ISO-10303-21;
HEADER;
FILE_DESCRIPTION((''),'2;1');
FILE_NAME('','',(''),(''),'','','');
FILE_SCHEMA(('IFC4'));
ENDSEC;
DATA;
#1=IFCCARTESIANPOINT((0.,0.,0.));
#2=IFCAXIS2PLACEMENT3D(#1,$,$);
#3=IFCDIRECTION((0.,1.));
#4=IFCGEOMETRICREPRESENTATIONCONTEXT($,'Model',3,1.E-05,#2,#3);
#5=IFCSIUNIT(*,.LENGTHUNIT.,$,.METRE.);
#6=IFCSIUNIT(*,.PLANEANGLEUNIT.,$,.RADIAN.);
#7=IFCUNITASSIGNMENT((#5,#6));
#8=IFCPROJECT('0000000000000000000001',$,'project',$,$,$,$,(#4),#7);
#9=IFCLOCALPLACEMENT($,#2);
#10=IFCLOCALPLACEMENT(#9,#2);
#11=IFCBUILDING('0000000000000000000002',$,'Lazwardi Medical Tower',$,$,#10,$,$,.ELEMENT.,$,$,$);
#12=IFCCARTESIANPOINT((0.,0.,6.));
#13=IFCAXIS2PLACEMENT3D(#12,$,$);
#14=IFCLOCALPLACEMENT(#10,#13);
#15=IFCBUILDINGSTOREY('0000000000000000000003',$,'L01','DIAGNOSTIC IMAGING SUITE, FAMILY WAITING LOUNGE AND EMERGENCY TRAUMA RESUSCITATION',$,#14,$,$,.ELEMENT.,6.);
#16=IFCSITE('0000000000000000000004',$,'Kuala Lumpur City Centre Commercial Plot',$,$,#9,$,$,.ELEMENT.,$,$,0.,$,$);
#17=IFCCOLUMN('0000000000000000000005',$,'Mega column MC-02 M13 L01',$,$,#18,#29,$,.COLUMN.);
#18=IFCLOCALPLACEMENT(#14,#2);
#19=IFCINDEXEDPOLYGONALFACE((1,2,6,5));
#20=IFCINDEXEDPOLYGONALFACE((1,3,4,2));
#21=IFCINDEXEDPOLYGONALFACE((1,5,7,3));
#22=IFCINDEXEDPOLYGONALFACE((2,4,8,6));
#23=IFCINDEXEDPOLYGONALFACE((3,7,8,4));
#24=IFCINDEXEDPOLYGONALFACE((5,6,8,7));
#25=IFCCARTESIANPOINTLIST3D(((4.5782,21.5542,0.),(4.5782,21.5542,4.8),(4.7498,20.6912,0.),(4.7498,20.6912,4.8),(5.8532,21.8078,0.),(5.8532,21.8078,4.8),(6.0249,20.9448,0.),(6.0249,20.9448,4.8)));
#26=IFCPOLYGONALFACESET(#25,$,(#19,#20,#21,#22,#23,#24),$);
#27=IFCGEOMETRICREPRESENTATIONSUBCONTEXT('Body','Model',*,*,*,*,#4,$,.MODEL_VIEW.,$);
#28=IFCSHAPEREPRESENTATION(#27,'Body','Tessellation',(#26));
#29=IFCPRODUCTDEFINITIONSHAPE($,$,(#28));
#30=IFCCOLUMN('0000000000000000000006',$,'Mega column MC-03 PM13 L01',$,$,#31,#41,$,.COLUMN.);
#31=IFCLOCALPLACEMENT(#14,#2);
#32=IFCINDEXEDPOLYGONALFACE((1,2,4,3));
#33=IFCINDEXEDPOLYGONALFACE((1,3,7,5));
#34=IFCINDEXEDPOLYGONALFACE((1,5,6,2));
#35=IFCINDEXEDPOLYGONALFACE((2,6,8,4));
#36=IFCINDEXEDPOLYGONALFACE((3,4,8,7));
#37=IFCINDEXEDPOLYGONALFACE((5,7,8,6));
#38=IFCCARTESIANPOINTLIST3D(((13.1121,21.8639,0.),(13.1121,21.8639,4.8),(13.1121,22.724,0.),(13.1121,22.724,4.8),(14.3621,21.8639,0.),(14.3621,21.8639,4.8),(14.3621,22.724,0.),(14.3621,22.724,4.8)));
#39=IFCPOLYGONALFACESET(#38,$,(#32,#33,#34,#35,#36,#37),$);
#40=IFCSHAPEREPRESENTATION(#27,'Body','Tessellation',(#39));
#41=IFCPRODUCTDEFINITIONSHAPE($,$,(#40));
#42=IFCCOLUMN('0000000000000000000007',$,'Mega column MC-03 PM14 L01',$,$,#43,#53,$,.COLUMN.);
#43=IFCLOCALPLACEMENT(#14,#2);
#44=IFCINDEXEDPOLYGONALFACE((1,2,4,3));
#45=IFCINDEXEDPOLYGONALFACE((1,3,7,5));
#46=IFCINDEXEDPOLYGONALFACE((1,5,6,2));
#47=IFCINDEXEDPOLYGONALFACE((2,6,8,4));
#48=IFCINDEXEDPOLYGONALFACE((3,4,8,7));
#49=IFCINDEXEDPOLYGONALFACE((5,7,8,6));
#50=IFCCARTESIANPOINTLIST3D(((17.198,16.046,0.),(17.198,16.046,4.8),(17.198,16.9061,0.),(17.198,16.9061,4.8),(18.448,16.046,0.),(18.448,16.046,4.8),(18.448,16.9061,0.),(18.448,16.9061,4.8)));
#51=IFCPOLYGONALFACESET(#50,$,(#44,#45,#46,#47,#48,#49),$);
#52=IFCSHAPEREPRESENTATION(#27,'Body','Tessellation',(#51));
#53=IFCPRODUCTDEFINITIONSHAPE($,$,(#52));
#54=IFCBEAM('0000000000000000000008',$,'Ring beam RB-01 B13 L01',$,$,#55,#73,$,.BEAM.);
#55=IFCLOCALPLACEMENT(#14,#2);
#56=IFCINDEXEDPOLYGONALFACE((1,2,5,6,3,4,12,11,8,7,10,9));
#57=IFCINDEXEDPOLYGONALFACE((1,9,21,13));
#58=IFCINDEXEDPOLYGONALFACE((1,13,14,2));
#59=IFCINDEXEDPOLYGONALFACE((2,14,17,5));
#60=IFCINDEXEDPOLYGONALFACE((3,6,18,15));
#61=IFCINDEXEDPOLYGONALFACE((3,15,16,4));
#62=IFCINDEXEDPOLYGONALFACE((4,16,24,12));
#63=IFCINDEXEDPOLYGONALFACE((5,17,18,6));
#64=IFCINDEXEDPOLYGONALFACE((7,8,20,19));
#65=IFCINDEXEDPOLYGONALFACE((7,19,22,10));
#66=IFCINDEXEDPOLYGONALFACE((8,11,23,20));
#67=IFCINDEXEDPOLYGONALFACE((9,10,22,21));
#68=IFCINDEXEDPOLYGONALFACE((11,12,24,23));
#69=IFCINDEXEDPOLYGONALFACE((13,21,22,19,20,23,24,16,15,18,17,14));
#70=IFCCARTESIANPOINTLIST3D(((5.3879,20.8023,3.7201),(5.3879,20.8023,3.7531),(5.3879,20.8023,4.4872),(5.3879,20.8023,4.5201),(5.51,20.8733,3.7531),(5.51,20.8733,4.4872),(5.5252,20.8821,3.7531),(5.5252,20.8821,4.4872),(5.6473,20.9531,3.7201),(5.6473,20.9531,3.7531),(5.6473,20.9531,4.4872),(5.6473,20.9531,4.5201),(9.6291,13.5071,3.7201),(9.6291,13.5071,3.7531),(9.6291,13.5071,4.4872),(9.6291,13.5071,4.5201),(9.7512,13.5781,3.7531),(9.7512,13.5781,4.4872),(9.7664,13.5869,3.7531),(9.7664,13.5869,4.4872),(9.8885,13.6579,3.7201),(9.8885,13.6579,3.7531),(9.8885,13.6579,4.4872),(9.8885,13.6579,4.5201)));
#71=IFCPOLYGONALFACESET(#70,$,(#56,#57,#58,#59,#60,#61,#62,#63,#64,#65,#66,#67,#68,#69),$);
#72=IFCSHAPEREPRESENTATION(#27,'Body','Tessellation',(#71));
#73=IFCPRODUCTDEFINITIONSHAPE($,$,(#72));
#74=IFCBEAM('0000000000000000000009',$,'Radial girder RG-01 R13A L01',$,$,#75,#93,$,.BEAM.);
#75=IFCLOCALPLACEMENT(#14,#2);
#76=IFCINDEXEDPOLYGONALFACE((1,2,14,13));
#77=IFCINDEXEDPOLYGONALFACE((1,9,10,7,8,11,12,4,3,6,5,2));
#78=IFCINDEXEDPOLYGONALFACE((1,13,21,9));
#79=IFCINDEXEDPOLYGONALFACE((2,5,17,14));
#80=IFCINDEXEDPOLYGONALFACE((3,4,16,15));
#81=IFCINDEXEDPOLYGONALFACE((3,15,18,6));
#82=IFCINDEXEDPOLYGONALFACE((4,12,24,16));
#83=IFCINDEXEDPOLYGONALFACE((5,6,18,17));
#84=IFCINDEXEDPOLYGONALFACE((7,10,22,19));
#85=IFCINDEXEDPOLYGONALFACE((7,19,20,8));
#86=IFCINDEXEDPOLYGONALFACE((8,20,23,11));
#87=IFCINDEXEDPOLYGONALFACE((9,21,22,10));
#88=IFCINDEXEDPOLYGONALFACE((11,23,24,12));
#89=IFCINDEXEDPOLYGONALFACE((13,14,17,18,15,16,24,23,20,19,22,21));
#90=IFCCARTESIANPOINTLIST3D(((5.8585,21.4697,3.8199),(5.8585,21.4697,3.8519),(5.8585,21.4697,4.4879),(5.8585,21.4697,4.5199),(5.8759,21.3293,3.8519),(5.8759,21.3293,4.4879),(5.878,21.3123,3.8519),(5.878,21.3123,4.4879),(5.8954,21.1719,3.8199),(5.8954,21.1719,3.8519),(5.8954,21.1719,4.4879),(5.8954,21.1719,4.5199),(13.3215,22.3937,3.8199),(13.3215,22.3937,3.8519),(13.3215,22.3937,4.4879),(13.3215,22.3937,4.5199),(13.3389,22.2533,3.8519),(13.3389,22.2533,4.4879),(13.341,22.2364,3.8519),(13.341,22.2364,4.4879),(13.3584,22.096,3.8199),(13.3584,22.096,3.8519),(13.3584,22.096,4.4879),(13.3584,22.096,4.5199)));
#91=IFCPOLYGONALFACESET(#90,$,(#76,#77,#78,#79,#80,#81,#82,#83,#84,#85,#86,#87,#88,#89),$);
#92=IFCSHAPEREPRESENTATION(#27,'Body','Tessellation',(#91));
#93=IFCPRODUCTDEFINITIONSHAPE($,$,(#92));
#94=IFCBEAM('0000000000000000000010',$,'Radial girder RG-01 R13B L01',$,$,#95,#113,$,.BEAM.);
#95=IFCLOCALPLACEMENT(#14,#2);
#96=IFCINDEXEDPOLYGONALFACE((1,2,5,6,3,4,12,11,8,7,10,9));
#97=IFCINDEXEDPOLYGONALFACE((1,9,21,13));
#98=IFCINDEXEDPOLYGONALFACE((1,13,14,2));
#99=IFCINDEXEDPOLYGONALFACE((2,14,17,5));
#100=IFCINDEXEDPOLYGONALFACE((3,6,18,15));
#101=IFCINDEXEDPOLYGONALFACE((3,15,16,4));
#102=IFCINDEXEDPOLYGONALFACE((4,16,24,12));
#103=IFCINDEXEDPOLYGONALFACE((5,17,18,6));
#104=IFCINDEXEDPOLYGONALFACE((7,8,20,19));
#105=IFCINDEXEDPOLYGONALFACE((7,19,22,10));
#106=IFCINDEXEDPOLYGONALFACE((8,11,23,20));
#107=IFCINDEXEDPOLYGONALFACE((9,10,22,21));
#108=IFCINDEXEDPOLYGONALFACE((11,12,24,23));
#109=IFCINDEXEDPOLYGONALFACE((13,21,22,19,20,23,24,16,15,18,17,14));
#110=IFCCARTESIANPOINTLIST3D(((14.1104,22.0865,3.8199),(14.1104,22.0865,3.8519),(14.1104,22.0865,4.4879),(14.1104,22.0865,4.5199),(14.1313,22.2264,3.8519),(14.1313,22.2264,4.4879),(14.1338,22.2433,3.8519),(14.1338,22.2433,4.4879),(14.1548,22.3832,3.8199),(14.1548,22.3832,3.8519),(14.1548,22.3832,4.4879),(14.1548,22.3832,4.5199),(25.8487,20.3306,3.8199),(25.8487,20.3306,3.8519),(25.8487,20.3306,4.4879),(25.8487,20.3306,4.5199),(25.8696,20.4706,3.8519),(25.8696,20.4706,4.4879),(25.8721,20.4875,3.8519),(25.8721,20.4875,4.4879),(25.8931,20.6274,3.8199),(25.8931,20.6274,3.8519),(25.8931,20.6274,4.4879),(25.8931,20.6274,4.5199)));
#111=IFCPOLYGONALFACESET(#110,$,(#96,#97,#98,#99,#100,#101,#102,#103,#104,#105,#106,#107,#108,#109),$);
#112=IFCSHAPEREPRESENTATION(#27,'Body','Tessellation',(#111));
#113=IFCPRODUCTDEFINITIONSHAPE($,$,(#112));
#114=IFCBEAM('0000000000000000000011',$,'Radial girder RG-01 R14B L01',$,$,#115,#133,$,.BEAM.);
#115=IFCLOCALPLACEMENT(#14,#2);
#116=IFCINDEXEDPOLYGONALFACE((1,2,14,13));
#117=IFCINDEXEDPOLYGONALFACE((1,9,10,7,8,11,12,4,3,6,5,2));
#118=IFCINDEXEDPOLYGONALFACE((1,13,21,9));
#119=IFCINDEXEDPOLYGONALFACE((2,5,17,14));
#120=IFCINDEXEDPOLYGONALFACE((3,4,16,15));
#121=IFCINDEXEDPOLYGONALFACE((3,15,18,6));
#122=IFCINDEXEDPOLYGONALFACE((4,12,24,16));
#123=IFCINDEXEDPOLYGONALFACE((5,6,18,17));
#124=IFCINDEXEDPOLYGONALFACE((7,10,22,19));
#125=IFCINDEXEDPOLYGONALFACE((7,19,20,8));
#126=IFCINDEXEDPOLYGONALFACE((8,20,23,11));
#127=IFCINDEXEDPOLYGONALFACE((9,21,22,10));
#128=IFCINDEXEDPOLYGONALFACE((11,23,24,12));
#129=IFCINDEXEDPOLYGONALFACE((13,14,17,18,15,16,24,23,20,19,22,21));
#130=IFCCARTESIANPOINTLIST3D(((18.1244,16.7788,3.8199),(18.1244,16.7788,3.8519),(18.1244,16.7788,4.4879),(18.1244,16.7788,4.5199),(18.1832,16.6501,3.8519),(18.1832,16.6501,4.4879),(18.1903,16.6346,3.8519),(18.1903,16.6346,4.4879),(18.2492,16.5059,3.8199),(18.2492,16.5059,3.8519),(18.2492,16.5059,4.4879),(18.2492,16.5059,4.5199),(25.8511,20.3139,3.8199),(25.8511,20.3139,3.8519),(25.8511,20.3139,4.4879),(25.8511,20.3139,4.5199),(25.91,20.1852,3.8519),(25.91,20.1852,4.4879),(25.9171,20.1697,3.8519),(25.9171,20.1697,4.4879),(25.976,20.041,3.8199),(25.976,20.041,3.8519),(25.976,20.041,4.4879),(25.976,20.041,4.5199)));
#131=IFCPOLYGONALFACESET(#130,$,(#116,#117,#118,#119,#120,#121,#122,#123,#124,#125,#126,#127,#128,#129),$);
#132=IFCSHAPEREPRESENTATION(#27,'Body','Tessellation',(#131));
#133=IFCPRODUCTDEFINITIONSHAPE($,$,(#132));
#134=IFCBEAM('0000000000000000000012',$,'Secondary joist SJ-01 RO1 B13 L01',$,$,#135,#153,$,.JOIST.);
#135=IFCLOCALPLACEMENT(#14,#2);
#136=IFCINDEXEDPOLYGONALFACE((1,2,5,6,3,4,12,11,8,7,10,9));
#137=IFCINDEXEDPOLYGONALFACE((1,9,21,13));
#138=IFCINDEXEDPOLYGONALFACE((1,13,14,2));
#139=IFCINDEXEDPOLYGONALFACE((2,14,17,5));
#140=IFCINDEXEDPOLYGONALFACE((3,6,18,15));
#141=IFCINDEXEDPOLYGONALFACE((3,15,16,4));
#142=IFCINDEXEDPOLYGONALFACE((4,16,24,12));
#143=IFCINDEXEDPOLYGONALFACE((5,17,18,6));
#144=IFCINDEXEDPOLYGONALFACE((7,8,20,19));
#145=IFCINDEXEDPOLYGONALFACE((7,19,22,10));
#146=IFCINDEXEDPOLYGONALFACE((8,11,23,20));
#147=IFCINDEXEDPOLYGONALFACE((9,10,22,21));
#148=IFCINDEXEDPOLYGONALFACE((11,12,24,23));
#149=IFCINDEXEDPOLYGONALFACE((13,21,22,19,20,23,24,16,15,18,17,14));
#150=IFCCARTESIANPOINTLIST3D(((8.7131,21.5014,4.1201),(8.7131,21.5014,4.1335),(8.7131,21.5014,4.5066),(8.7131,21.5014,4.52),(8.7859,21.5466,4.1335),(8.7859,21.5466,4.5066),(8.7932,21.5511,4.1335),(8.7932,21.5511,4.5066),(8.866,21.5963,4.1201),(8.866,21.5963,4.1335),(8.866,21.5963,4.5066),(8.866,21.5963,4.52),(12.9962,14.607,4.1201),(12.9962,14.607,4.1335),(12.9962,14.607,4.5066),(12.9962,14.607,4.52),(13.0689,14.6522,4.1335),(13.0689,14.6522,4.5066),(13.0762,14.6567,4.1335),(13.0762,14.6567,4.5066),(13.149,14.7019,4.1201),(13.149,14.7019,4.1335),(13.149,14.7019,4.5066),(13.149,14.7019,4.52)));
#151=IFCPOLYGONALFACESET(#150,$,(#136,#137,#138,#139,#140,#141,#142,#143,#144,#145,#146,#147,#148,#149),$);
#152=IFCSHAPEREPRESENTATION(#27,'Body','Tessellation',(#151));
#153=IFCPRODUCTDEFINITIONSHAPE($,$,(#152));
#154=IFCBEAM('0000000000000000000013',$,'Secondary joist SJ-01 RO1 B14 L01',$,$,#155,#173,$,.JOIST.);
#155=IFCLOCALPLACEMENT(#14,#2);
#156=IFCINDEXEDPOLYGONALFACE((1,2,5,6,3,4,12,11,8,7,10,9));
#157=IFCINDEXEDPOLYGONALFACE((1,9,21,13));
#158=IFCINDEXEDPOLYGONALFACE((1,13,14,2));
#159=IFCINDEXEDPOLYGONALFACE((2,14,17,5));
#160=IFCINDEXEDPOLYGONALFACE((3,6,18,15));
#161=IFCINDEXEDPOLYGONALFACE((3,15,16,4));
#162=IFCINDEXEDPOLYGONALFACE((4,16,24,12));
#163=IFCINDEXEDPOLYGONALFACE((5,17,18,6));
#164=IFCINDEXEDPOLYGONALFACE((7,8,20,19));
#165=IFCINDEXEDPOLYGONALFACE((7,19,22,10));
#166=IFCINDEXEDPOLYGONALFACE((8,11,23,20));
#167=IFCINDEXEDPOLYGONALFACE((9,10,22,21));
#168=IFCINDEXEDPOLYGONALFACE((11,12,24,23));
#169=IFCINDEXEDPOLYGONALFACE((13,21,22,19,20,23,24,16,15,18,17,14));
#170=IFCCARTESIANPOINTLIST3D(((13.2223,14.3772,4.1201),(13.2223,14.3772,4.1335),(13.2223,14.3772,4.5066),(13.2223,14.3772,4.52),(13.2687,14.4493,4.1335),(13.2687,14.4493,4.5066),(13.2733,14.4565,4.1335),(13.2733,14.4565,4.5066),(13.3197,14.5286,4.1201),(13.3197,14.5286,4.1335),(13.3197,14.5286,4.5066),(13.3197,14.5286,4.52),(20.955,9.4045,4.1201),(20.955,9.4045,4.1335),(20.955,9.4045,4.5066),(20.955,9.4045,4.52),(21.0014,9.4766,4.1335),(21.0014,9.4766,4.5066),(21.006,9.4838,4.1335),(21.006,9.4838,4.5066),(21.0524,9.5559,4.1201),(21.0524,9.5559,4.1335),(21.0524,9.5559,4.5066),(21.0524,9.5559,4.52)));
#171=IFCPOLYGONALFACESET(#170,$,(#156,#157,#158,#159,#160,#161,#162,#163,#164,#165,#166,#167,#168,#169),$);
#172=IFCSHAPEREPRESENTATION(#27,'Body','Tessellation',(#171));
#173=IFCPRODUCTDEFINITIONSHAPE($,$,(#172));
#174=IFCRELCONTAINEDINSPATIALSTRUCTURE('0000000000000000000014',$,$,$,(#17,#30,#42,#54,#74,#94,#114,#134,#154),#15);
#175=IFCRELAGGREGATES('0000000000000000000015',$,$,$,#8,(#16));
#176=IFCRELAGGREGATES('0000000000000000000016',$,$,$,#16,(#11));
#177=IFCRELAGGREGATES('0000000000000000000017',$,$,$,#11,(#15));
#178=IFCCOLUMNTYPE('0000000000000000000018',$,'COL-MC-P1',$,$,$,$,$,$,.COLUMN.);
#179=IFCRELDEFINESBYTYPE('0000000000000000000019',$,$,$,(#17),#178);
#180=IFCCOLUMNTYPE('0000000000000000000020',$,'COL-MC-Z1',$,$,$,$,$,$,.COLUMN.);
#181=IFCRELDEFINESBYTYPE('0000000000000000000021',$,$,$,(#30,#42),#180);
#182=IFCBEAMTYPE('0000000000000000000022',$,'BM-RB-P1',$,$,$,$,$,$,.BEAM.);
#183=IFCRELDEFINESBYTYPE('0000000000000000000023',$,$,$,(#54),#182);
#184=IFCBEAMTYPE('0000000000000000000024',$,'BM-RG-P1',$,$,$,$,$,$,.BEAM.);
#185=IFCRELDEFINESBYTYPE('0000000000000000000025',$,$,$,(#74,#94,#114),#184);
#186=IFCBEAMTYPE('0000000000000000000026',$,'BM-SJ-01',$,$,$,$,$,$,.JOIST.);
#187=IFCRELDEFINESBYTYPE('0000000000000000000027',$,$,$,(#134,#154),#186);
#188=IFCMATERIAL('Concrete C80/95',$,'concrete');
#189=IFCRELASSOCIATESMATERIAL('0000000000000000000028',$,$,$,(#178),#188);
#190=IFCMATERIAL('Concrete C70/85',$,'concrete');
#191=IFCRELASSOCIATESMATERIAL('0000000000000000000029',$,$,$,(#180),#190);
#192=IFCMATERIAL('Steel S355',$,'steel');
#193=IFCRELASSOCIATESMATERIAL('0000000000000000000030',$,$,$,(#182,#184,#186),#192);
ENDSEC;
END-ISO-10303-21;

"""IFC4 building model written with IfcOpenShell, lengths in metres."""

from ifc_helpers import new_model, si_unit, direction, frame, origin, origin_2d, place, context, subcontext, project, spatial, rectangle, i_section, extrude, material, material_profile, profile_set, type_object, element, save


model = new_model("IFC4")

# Units and contexts
model_context = context("Model", 3, precision=1e-05, world=origin(), true_north=direction((0.0, 1.0)))
body_context = subcontext(model_context, "Body", "Model", "MODEL_VIEW")
ifc_project = project(units=[si_unit("LENGTHUNIT", "METRE"), si_unit("PLANEANGLEUNIT", "RADIAN")], contexts=[model_context])

# Site, building, storey
site_placement = place(None, origin())
site = spatial("IfcSite", under=ifc_project, at=site_placement, Name="Kuala Lumpur City Centre Commercial Plot", CompositionType="ELEMENT", RefElevation=0.0)
building_placement = place(site_placement, origin())
building = spatial("IfcBuilding", under=site, at=building_placement, Name="Lazwardi Medical Tower", CompositionType="ELEMENT")
storey_placement = place(building_placement, frame((0.0, 0.0, 6.0)))
storey = spatial("IfcBuildingStorey", under=building, at=storey_placement, Name="L01", Description="DIAGNOSTIC IMAGING SUITE, FAMILY WAITING LOUNGE AND EMERGENCY TRAUMA RESUSCITATION", CompositionType="ELEMENT", Elevation=6.0)

# Columns
ifc_material_1 = material(Name="Concrete C80/95", Category="concrete")
ifc_material_profile_1 = material_profile(ifc_material_1, rectangle(XDim=1.3, YDim=0.8799, at=origin_2d()), Name="CFT-RECT 1300x880")
ifc_profile_set_1 = profile_set([ifc_material_profile_1], Name="Concrete C80/95")
column_type_1 = type_object("IfcColumnType", Name="COL-MC-P1", PredefinedType="COLUMN", material=ifc_profile_set_1)
column_placement = place(storey_placement, frame((5.3015, 21.2495, 0.0), z_axis=(0.0, 0.0, 1.0), x_axis=(-0.980785, -0.19509, 0.0)))
element("IfcColumn", 1, at=column_placement, inside=storey, type_object=column_type_1, Name="Mega column MC-02 M13 L01", PredefinedType="COLUMN", context=body_context, shape_type="SweptSolid", body=[
    extrude(rectangle(XDim=1.3, YDim=0.8799, at=origin_2d()), origin(), (0.0, 0.0, 1.0), 4.8),
])
ifc_material_2 = material(Name="Concrete C70/85", Category="concrete")
ifc_material_profile_2 = material_profile(ifc_material_2, rectangle(XDim=1.25, YDim=0.8601, at=origin_2d()), Name="CFT-RECT 1250x860")
ifc_profile_set_2 = profile_set([ifc_material_profile_2], Name="Concrete C70/85")
column_type_2 = type_object("IfcColumnType", Name="COL-MC-Z1", PredefinedType="COLUMN", material=ifc_profile_set_2)
for number, where, z_axis, x_axis, name in (
    (2, (13.7371, 22.2939, 0.0), (0.0, 0.0, 1.0), (1.0, 0.0, 0.0), "Mega column MC-03 PM13 L01"),
    (3, (17.823, 16.4761, 0.0), (0.0, 0.0, 1.0), (1.0, 0.0, 0.0), "Mega column MC-03 PM14 L01"),
):
    element("IfcColumn", number, at=place(storey_placement, frame(where, z_axis=z_axis, x_axis=x_axis)), inside=storey, type_object=column_type_2, Name=name, PredefinedType="COLUMN", context=body_context, shape_type="SweptSolid", body=[
        extrude(rectangle(XDim=1.25, YDim=0.8601, at=origin_2d()), origin(), (0.0, 0.0, 1.0), 4.8),
    ])

# Beams
ifc_material_3 = material(Name="Steel S355", Category="steel")
ifc_material_profile_3 = material_profile(ifc_material_3, i_section(OverallWidth=0.3, OverallDepth=0.8, WebThickness=0.0176, FlangeThickness=0.033, at=origin_2d()), Name="HEB 800")
ifc_profile_set_3 = profile_set([ifc_material_profile_3], Name="Steel S355")
beam_type_1 = type_object("IfcBeamType", Name="BM-RB-P1", PredefinedType="BEAM", material=ifc_profile_set_3)
beam_1_placement = place(storey_placement, frame((5.5176, 20.8777, 4.1201), z_axis=(0.502606, -0.864516, 0.0), x_axis=(0.864516, 0.502606, 0.0)))
element("IfcBeam", 4, at=beam_1_placement, inside=storey, type_object=beam_type_1, Name="Ring beam RB-01 B13 L01", PredefinedType="BEAM", context=body_context, shape_type="SweptSolid", body=[
    extrude(i_section(OverallWidth=0.3, OverallDepth=0.8, WebThickness=0.0176, FlangeThickness=0.033, at=origin_2d()), origin(), (0.0, 0.0, 1.0), 8.4385),
])
ifc_material_profile_4 = material_profile(ifc_material_3, i_section(OverallWidth=0.3, OverallDepth=0.7, WebThickness=0.0171, FlangeThickness=0.032, at=origin_2d()), Name="HEB 700")
ifc_profile_set_4 = profile_set([ifc_material_profile_4], Name="Steel S355")
beam_type_2 = type_object("IfcBeamType", Name="BM-RG-P1", PredefinedType="BEAM", material=ifc_profile_set_4)
beam_2_placement = place(storey_placement, frame((5.877, 21.3208, 4.1699), z_axis=(0.992422, 0.12288, 0.0), x_axis=(-0.12288, 0.992422, 0.0)))
element("IfcBeam", 5, at=beam_2_placement, inside=storey, type_object=beam_type_2, Name="Radial girder RG-01 R13A L01", PredefinedType="BEAM", context=body_context, shape_type="SweptSolid", body=[
    extrude(i_section(OverallWidth=0.3, OverallDepth=0.7, WebThickness=0.0171, FlangeThickness=0.032, at=origin_2d()), origin(), (0.0, 0.0, 1.0), 7.52),
])
beam_3_placement = place(storey_placement, frame((14.1326, 22.2349, 4.1699), z_axis=(0.988997, -0.147938, 0.0), x_axis=(0.147938, 0.988997, 0.0)))
element("IfcBeam", 6, at=beam_3_placement, inside=storey, type_object=beam_type_2, Name="Radial girder RG-01 R13B L01", PredefinedType="BEAM", context=body_context, shape_type="SweptSolid", body=[
    extrude(i_section(OverallWidth=0.3, OverallDepth=0.7, WebThickness=0.0171, FlangeThickness=0.032, at=origin_2d()), origin(), (0.0, 0.0, 1.0), 11.8689),
])
beam_4_placement = place(storey_placement, frame((18.1868, 16.6423, 4.1699), z_axis=(0.909345, 0.416042, 0.0), x_axis=(-0.416042, 0.909345, 0.0)))
element("IfcBeam", 7, at=beam_4_placement, inside=storey, type_object=beam_type_2, Name="Radial girder RG-01 R14B L01", PredefinedType="BEAM", context=body_context, shape_type="SweptSolid", body=[
    extrude(i_section(OverallWidth=0.3, OverallDepth=0.7, WebThickness=0.0171, FlangeThickness=0.032, at=origin_2d()), origin(), (0.0, 0.0, 1.0), 8.4971),
])
ifc_material_profile_5 = material_profile(ifc_material_3, i_section(OverallWidth=0.1799, OverallDepth=0.3999, WebThickness=0.0085, FlangeThickness=0.0134, at=origin_2d()), Name="IPE 400")
ifc_profile_set_5 = profile_set([ifc_material_profile_5], Name="Steel S355")
beam_type_3 = type_object("IfcBeamType", Name="BM-SJ-01", PredefinedType="JOIST", material=ifc_profile_set_5)
beam_5_placement = place(storey_placement, frame((8.7896, 21.5488, 4.3201), z_axis=(0.527696, -0.849433, 0.0), x_axis=(0.849433, 0.527696, 0.0)))
element("IfcBeam", 8, at=beam_5_placement, inside=storey, type_object=beam_type_3, Name="Secondary joist SJ-01 RO1 B13 L01", PredefinedType="JOIST", context=body_context, shape_type="SweptSolid", body=[
    extrude(i_section(OverallWidth=0.1799, OverallDepth=0.3999, WebThickness=0.0085, FlangeThickness=0.0134, at=origin_2d()), origin(), (0.0, 0.0, 1.0), 8.1165),
])
beam_6_placement = place(storey_placement, frame((13.271, 14.4529, 4.3201), z_axis=(0.841096, -0.540885, 0.0), x_axis=(0.540885, 0.841096, 0.0)))
element("IfcBeam", 9, at=beam_6_placement, inside=storey, type_object=beam_type_3, Name="Secondary joist SJ-01 RO1 B14 L01", PredefinedType="JOIST", context=body_context, shape_type="SweptSolid", body=[
    extrude(i_section(OverallWidth=0.1799, OverallDepth=0.3999, WebThickness=0.0085, FlangeThickness=0.0134, at=origin_2d()), origin(), (0.0, 0.0, 1.0), 9.1936),
])

save(model, "model.ifc")
